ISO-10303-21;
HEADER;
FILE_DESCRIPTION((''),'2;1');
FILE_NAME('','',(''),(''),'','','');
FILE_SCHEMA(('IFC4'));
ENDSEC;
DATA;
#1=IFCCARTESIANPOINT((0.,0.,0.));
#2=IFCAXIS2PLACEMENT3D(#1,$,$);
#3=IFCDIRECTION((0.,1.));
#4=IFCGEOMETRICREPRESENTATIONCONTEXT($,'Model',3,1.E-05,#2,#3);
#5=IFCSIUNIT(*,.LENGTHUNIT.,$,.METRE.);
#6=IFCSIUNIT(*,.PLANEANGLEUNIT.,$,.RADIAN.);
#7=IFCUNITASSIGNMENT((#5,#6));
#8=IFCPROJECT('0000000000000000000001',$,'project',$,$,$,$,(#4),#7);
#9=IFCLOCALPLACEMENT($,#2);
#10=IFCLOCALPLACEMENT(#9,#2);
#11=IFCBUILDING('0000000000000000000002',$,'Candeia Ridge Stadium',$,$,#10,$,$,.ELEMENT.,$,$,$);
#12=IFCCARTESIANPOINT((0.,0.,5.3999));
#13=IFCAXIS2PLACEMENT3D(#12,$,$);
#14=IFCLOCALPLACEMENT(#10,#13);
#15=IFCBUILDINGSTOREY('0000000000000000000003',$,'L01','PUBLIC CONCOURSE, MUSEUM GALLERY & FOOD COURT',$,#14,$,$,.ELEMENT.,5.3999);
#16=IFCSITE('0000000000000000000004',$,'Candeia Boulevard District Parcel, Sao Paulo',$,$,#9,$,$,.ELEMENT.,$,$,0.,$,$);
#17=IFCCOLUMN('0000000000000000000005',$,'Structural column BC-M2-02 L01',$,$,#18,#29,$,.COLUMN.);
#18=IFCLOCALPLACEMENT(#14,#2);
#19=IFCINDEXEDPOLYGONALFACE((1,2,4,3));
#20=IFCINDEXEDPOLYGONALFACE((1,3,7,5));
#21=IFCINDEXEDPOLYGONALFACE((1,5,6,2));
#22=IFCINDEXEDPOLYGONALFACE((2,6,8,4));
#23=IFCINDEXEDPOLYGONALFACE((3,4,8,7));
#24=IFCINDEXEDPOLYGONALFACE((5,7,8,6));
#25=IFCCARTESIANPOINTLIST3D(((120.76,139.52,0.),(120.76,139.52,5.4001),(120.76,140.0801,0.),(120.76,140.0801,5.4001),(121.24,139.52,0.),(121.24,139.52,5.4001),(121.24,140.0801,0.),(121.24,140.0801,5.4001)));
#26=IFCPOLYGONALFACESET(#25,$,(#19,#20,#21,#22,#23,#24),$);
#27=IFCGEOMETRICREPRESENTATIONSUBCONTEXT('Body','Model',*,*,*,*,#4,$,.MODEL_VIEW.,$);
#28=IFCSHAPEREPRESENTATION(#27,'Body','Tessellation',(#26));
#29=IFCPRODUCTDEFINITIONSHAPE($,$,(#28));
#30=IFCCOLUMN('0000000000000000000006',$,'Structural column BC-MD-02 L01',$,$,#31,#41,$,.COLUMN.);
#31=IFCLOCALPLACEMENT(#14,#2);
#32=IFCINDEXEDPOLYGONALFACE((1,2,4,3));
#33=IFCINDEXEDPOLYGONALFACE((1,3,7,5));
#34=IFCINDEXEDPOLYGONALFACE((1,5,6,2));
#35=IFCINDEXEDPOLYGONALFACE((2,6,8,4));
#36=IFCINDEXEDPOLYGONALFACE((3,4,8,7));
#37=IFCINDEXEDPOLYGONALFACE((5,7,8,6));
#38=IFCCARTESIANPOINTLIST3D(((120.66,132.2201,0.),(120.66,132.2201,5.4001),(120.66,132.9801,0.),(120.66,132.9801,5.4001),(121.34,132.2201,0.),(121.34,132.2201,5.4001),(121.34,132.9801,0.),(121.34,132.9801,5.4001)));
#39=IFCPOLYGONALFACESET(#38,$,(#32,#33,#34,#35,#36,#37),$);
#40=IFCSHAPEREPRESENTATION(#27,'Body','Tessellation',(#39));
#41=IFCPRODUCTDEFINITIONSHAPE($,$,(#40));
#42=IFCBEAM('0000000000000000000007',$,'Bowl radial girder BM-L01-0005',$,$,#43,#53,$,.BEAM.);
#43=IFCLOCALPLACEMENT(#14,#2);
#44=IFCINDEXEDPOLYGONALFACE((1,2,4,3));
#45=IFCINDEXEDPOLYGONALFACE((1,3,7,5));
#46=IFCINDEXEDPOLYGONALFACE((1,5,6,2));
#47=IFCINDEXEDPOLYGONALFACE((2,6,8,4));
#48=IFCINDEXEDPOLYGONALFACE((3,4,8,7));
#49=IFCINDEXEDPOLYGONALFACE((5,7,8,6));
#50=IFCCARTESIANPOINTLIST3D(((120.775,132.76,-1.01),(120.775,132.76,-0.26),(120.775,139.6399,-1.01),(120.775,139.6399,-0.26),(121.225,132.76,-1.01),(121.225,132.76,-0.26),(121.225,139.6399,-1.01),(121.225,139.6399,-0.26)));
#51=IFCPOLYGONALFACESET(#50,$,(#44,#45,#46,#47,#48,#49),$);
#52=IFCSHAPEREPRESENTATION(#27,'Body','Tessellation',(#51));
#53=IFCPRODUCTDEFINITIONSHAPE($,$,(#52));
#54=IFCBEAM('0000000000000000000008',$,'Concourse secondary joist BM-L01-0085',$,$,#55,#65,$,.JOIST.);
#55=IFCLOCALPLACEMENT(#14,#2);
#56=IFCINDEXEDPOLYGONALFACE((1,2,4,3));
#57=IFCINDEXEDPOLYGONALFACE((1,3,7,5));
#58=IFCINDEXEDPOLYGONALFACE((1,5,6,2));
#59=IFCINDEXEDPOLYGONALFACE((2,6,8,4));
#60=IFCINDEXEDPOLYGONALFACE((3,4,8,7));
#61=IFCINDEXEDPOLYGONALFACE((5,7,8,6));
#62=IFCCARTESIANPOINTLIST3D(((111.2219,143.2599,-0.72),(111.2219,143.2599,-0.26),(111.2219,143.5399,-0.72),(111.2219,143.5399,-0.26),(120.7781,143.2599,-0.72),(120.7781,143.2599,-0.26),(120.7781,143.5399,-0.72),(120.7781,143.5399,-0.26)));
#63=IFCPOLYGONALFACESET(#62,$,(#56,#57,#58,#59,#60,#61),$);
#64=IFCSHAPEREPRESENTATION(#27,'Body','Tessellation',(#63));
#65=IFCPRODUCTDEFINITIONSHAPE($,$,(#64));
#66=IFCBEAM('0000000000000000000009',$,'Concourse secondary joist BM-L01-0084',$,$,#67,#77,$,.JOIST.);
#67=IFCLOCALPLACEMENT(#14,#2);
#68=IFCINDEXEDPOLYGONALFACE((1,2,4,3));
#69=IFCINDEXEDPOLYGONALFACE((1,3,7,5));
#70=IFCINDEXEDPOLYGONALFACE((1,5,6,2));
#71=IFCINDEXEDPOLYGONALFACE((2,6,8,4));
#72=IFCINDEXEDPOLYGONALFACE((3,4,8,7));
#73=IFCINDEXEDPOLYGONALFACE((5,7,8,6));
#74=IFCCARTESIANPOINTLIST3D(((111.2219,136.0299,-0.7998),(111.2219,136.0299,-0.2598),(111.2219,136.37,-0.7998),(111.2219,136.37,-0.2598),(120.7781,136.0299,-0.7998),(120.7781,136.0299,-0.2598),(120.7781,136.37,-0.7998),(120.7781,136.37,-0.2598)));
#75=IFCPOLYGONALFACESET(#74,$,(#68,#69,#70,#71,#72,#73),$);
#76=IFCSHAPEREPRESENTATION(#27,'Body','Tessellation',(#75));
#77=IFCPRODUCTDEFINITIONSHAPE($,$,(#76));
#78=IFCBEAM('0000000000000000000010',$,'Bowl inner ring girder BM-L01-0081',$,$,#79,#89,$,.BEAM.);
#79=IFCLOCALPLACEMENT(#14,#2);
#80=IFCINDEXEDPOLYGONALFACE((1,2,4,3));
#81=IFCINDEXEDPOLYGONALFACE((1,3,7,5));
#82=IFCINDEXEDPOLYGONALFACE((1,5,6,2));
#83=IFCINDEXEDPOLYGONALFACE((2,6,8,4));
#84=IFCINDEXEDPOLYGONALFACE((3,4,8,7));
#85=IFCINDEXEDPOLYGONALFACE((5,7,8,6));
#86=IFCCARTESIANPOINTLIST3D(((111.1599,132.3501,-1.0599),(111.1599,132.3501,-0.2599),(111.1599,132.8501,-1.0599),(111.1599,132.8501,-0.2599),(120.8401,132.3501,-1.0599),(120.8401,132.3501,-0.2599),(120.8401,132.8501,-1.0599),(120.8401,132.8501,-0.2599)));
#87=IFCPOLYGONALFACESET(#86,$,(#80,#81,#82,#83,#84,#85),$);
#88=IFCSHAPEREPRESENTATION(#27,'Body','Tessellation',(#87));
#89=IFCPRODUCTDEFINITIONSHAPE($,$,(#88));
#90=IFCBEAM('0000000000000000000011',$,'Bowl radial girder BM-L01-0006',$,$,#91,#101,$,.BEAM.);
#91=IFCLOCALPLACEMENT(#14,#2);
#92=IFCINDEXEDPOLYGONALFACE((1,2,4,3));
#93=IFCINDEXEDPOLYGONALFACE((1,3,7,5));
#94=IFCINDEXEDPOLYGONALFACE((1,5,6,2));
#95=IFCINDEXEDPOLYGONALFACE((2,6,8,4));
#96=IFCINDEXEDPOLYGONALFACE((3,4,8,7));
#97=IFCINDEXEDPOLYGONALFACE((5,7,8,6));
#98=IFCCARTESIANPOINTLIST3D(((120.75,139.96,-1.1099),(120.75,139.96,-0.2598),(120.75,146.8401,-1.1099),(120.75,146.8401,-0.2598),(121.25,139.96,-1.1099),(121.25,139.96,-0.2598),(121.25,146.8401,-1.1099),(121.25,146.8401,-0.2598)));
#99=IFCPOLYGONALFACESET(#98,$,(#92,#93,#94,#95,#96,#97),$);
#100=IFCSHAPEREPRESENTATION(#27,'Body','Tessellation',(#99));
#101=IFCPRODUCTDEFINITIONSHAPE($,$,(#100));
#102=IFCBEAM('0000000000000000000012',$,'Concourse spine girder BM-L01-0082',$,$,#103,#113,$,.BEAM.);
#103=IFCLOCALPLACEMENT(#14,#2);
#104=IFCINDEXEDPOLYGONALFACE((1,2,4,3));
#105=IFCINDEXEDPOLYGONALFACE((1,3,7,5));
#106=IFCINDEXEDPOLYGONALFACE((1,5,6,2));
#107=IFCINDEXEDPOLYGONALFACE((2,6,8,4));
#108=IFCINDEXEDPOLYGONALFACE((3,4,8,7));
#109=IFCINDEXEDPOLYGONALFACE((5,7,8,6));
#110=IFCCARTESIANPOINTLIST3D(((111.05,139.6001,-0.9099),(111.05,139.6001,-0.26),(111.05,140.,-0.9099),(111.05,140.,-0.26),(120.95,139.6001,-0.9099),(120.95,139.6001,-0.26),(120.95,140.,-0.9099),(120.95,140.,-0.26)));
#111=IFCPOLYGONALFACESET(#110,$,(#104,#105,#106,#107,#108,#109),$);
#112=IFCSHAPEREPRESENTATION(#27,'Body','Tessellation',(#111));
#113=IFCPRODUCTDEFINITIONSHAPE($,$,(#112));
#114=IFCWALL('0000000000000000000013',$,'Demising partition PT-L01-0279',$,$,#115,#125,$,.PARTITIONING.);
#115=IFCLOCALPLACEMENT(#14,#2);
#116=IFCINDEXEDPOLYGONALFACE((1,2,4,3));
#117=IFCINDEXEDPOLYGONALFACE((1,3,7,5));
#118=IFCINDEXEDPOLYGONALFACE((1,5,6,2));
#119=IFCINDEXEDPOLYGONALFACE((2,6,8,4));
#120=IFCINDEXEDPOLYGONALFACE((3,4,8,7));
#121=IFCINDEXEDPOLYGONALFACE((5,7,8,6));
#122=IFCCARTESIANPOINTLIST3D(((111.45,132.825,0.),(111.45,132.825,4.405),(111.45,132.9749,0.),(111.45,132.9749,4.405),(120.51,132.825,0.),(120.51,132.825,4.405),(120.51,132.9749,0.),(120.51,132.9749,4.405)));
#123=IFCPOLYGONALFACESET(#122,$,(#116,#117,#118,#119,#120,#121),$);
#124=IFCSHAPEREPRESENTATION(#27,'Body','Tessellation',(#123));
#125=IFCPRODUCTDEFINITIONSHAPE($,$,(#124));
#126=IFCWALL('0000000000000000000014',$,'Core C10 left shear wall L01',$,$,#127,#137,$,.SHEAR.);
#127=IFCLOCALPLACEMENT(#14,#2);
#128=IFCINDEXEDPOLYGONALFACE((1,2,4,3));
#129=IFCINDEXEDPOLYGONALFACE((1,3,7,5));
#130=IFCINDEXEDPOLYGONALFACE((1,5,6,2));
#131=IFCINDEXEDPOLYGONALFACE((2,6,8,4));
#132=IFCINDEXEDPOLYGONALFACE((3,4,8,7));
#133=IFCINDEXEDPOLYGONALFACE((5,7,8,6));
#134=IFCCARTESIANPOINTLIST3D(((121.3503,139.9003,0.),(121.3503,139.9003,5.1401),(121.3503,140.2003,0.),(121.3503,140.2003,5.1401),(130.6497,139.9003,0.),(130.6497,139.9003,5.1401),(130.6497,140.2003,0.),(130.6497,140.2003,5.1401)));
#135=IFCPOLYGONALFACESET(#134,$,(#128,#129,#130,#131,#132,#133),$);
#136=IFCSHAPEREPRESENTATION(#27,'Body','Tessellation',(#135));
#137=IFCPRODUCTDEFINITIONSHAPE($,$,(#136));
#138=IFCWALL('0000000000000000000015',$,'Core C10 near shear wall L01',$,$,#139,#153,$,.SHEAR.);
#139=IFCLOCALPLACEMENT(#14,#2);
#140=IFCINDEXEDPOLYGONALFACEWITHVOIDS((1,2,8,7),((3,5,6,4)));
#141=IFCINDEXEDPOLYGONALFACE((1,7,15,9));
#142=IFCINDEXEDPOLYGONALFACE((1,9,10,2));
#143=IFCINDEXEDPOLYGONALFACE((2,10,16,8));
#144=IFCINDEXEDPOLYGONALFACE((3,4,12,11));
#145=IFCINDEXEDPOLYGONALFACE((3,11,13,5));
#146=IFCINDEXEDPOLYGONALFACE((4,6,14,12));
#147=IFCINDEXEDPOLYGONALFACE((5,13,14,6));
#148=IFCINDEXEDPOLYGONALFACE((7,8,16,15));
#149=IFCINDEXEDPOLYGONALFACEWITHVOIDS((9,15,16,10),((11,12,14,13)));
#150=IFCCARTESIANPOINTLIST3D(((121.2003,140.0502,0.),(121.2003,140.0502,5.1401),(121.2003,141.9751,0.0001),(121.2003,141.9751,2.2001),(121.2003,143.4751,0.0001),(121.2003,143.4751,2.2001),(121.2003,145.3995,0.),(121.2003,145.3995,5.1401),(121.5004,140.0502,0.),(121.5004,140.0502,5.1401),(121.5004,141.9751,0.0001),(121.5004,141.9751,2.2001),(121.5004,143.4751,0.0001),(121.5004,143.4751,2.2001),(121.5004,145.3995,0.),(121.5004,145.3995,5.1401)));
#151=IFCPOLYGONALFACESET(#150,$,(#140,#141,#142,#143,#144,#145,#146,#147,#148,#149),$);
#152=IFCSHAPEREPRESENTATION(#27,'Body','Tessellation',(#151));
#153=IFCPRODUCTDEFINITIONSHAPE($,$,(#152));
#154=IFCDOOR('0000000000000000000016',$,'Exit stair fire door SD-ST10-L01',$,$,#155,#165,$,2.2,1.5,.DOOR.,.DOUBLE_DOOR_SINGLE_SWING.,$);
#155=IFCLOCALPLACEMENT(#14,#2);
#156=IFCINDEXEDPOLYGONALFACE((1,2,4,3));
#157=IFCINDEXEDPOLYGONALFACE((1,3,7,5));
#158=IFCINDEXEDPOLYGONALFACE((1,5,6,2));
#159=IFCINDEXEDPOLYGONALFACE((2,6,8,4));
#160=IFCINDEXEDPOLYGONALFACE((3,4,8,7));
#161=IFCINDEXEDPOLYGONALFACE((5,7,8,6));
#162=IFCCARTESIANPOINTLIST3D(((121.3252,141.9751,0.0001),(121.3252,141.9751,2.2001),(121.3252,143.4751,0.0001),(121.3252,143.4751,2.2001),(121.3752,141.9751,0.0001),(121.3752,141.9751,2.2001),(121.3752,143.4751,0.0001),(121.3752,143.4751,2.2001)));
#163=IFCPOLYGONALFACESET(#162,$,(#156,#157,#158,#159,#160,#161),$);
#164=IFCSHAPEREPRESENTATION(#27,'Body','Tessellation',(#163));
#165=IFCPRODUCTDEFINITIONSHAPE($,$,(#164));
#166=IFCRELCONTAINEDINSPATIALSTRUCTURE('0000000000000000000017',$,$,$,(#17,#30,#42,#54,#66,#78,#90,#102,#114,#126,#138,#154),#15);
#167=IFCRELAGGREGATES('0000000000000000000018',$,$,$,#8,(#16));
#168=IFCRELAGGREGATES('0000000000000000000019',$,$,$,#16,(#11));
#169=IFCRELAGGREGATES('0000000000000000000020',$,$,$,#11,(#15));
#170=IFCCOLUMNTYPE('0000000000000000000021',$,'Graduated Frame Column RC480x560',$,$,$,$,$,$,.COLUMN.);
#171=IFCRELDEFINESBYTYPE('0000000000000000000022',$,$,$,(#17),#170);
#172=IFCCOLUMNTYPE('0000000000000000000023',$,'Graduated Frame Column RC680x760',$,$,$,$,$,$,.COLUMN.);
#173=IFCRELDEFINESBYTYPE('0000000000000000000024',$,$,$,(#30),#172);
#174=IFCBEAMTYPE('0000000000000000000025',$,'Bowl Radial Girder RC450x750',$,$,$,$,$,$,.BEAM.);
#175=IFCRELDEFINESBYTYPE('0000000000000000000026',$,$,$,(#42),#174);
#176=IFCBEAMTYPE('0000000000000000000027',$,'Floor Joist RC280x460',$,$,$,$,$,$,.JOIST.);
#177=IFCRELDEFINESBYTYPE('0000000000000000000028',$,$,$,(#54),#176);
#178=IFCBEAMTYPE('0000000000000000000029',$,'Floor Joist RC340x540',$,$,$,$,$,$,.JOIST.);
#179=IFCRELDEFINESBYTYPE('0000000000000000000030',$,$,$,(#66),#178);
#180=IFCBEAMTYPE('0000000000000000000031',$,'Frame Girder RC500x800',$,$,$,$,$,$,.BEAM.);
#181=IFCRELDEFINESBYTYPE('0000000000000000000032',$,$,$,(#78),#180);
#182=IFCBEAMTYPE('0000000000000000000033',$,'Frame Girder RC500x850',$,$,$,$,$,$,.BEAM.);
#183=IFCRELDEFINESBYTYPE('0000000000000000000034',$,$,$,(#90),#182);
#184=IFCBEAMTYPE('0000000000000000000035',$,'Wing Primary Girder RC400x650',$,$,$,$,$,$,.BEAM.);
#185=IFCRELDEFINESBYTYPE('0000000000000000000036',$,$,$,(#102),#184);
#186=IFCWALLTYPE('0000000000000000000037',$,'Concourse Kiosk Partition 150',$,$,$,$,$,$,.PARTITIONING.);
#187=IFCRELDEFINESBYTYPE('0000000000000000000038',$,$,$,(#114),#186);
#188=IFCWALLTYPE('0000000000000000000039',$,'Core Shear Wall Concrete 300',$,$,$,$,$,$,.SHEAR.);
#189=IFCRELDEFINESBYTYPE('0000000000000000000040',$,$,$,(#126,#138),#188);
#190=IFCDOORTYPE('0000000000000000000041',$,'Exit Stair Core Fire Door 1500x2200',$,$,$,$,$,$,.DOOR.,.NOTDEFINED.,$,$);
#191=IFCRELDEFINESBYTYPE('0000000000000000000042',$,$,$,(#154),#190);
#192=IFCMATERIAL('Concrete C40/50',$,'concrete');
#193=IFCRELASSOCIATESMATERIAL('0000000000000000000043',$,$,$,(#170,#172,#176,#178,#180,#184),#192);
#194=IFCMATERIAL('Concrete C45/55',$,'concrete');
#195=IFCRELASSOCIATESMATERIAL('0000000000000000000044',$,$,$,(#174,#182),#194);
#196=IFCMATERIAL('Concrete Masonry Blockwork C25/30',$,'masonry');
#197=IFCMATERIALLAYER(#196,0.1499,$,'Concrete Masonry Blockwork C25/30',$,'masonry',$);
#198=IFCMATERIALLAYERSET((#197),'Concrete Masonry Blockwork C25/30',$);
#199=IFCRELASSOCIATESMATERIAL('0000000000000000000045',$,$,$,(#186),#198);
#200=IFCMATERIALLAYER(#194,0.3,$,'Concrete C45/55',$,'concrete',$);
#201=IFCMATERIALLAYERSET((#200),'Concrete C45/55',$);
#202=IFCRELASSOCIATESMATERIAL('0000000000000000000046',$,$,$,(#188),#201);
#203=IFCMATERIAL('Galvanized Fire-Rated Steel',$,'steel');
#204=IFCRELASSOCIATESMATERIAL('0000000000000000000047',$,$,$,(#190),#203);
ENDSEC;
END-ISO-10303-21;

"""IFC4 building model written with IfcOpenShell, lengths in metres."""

from ifc_helpers import new_model, si_unit, direction, frame, frame_2d, origin, origin_2d, place, context, subcontext, project, spatial, rectangle, extrude, material, layer, layer_set, material_profile, profile_set, type_object, element, fill, save


model = new_model("IFC4")

# Units and contexts
model_context = context("Model", 3, precision=1e-05, world=origin(), true_north=direction((0.0, 1.0)))
body_context = subcontext(model_context, "Body", "Model", "MODEL_VIEW")
ifc_project = project(units=[si_unit("LENGTHUNIT", "METRE"), si_unit("PLANEANGLEUNIT", "RADIAN")], contexts=[model_context])

# Site, building, storey
site_placement = place(None, origin())
site = spatial("IfcSite", under=ifc_project, at=site_placement, Name="Candeia Boulevard District Parcel, Sao Paulo", CompositionType="ELEMENT", RefElevation=0.0)
building_placement = place(site_placement, origin())
building = spatial("IfcBuilding", under=site, at=building_placement, Name="Candeia Ridge Stadium", CompositionType="ELEMENT")
storey_placement = place(building_placement, frame((0.0, 0.0, 5.3999)))
storey = spatial("IfcBuildingStorey", under=building, at=storey_placement, Name="L01", Description="PUBLIC CONCOURSE, MUSEUM GALLERY & FOOD COURT", CompositionType="ELEMENT", Elevation=5.3999)

# Columns
ifc_material_1 = material(Name="Concrete C40/50", Category="concrete")
ifc_material_profile_1 = material_profile(ifc_material_1, rectangle(XDim=0.48, YDim=0.5601, at=origin_2d()), Name="RC480x560", Category="concrete")
ifc_profile_set_1 = profile_set([ifc_material_profile_1], Name="Concrete C40/50")
column_type_1 = type_object("IfcColumnType", Name="Graduated Frame Column RC480x560", PredefinedType="COLUMN", material=ifc_profile_set_1)
column_1_placement = place(storey_placement, frame((121.0, 139.8, 0.0), z_axis=(0.0, 0.0, 1.0), x_axis=(1.0, 0.0, 0.0)))
element("IfcColumn", 1, at=column_1_placement, inside=storey, type_object=column_type_1, Name="Structural column BC-M2-02 L01", PredefinedType="COLUMN", context=body_context, shape_type="SweptSolid", body=[
    extrude(rectangle(XDim=0.48, YDim=0.5601, at=origin_2d()), origin(), (0.0, 0.0, 1.0), 5.4001),
])
ifc_material_profile_2 = material_profile(ifc_material_1, rectangle(XDim=0.6799, YDim=0.76, at=origin_2d()), Name="RC680x760", Category="concrete")
ifc_profile_set_2 = profile_set([ifc_material_profile_2], Name="Concrete C40/50")
column_type_2 = type_object("IfcColumnType", Name="Graduated Frame Column RC680x760", PredefinedType="COLUMN", material=ifc_profile_set_2)
column_2_placement = place(storey_placement, frame((121.0, 132.6001, 0.0), z_axis=(0.0, 0.0, 1.0), x_axis=(1.0, 0.0, 0.0)))
element("IfcColumn", 2, at=column_2_placement, inside=storey, type_object=column_type_2, Name="Structural column BC-MD-02 L01", PredefinedType="COLUMN", context=body_context, shape_type="SweptSolid", body=[
    extrude(rectangle(XDim=0.6799, YDim=0.76, at=origin_2d()), origin(), (0.0, 0.0, 1.0), 5.4001),
])

# Beams
ifc_material_2 = material(Name="Concrete C45/55", Category="concrete")
ifc_material_profile_3 = material_profile(ifc_material_2, rectangle(XDim=0.45, YDim=0.75, at=origin_2d()), Name="RC450x750", Category="concrete")
ifc_profile_set_3 = profile_set([ifc_material_profile_3], Name="Concrete C45/55")
beam_type_1 = type_object("IfcBeamType", Name="Bowl Radial Girder RC450x750", PredefinedType="BEAM", material=ifc_profile_set_3)
beam_1_placement = place(storey_placement, frame((121.0, 132.76, -0.635), z_axis=(0.0, 1.0, 0.0), x_axis=(-1.0, 0.0, 0.0)))
element("IfcBeam", 3, at=beam_1_placement, inside=storey, type_object=beam_type_1, Name="Bowl radial girder BM-L01-0005", PredefinedType="BEAM", context=body_context, shape_type="SweptSolid", body=[
    extrude(rectangle(XDim=0.45, YDim=0.75, at=origin_2d()), origin(), (0.0, 0.0, 1.0), 6.8799),
])
ifc_material_profile_4 = material_profile(ifc_material_1, rectangle(XDim=0.28, YDim=0.46, at=origin_2d()), Name="RC280x460", Category="concrete")
ifc_profile_set_4 = profile_set([ifc_material_profile_4], Name="Concrete C40/50")
beam_type_2 = type_object("IfcBeamType", Name="Floor Joist RC280x460", PredefinedType="JOIST", material=ifc_profile_set_4)
beam_2_placement = place(storey_placement, frame((120.7781, 143.3999, -0.49), z_axis=(-1.0, 0.0, 0.0), x_axis=(0.0, -1.0, 0.0)))
element("IfcBeam", 4, at=beam_2_placement, inside=storey, type_object=beam_type_2, Name="Concourse secondary joist BM-L01-0085", PredefinedType="JOIST", context=body_context, shape_type="SweptSolid", body=[
    extrude(rectangle(XDim=0.28, YDim=0.46, at=origin_2d()), origin(), (0.0, 0.0, 1.0), 9.5562),
])
ifc_material_profile_5 = material_profile(ifc_material_1, rectangle(XDim=0.3401, YDim=0.54, at=origin_2d()), Name="RC340x540", Category="concrete")
ifc_profile_set_5 = profile_set([ifc_material_profile_5], Name="Concrete C40/50")
beam_type_3 = type_object("IfcBeamType", Name="Floor Joist RC340x540", PredefinedType="JOIST", material=ifc_profile_set_5)
beam_3_placement = place(storey_placement, frame((120.7781, 136.2, -0.5298), z_axis=(-1.0, 0.0, 0.0), x_axis=(0.0, -1.0, 0.0)))
element("IfcBeam", 5, at=beam_3_placement, inside=storey, type_object=beam_type_3, Name="Concourse secondary joist BM-L01-0084", PredefinedType="JOIST", context=body_context, shape_type="SweptSolid", body=[
    extrude(rectangle(XDim=0.3401, YDim=0.54, at=origin_2d()), origin(), (0.0, 0.0, 1.0), 9.5562),
])
ifc_material_profile_6 = material_profile(ifc_material_1, rectangle(XDim=0.5, YDim=0.8, at=origin_2d()), Name="RC500x800", Category="concrete")
ifc_profile_set_6 = profile_set([ifc_material_profile_6], Name="Concrete C40/50")
beam_type_4 = type_object("IfcBeamType", Name="Frame Girder RC500x800", PredefinedType="BEAM", material=ifc_profile_set_6)
beam_4_placement = place(storey_placement, frame((120.8401, 132.6001, -0.6599), z_axis=(-1.0, 0.0, 0.0), x_axis=(0.0, -1.0, 0.0)))
element("IfcBeam", 6, at=beam_4_placement, inside=storey, type_object=beam_type_4, Name="Bowl inner ring girder BM-L01-0081", PredefinedType="BEAM", context=body_context, shape_type="SweptSolid", body=[
    extrude(rectangle(XDim=0.5, YDim=0.8, at=origin_2d()), origin(), (0.0, 0.0, 1.0), 9.6802),
])
ifc_material_profile_7 = material_profile(ifc_material_2, rectangle(XDim=0.5, YDim=0.8501, at=origin_2d()), Name="RC500x850", Category="concrete")
ifc_profile_set_7 = profile_set([ifc_material_profile_7], Name="Concrete C45/55")
beam_type_5 = type_object("IfcBeamType", Name="Frame Girder RC500x850", PredefinedType="BEAM", material=ifc_profile_set_7)
beam_5_placement = place(storey_placement, frame((121.0, 139.96, -0.6848), z_axis=(0.0, 1.0, 0.0), x_axis=(-1.0, 0.0, 0.0)))
element("IfcBeam", 7, at=beam_5_placement, inside=storey, type_object=beam_type_5, Name="Bowl radial girder BM-L01-0006", PredefinedType="BEAM", context=body_context, shape_type="SweptSolid", body=[
    extrude(rectangle(XDim=0.5, YDim=0.8501, at=origin_2d()), origin(), (0.0, 0.0, 1.0), 6.8801),
])
ifc_material_profile_8 = material_profile(ifc_material_1, rectangle(XDim=0.3999, YDim=0.6499, at=origin_2d()), Name="RC400x650", Category="concrete")
ifc_profile_set_8 = profile_set([ifc_material_profile_8], Name="Concrete C40/50")
beam_type_6 = type_object("IfcBeamType", Name="Wing Primary Girder RC400x650", PredefinedType="BEAM", material=ifc_profile_set_8)
beam_6_placement = place(storey_placement, frame((120.95, 139.8, -0.585), z_axis=(-1.0, 0.0, 0.0), x_axis=(0.0, -1.0, 0.0)))
element("IfcBeam", 8, at=beam_6_placement, inside=storey, type_object=beam_type_6, Name="Concourse spine girder BM-L01-0082", PredefinedType="BEAM", context=body_context, shape_type="SweptSolid", body=[
    extrude(rectangle(XDim=0.3999, YDim=0.6499, at=origin_2d()), origin(), (0.0, 0.0, 1.0), 9.8999),
])

# Walls
ifc_material_3 = material(Name="Concrete Masonry Blockwork C25/30", Category="masonry")
ifc_layer_1 = layer(ifc_material_3, 0.1499, Name="Concrete Masonry Blockwork C25/30", Category="masonry")
ifc_layer_set_1 = layer_set([ifc_layer_1], Name="Concrete Masonry Blockwork C25/30")
wall_type_1 = type_object("IfcWallType", Name="Concourse Kiosk Partition 150", PredefinedType="PARTITIONING", material=ifc_layer_set_1)
wall_1_placement = place(storey_placement, frame((120.51, 132.8999, 0.0), z_axis=(0.0, 0.0, 1.0), x_axis=(-1.0, 0.0, 0.0)))
element("IfcWall", 9, at=wall_1_placement, inside=storey, type_object=wall_type_1, Name="Demising partition PT-L01-0279", PredefinedType="PARTITIONING", context=body_context, shape_type="SweptSolid", body=[
    extrude(rectangle(XDim=9.0601, YDim=0.1499, at=frame_2d((4.53, 0.0))), origin(), (0.0, 0.0, 1.0), 4.405),
])
ifc_layer_2 = layer(ifc_material_2, 0.3, Name="Concrete C45/55", Category="concrete")
ifc_layer_set_2 = layer_set([ifc_layer_2], Name="Concrete C45/55")
wall_type_2 = type_object("IfcWallType", Name="Core Shear Wall Concrete 300", PredefinedType="SHEAR", material=ifc_layer_set_2)
wall_2_placement = place(storey_placement, frame((121.3503, 140.0503, 0.0), z_axis=(0.0, 0.0, 1.0), x_axis=(1.0, 0.0, 0.0)))
element("IfcWall", 10, at=wall_2_placement, inside=storey, type_object=wall_type_2, Name="Core C10 left shear wall L01", PredefinedType="SHEAR", context=body_context, shape_type="SweptSolid", body=[
    extrude(rectangle(XDim=9.2993, YDim=0.3, at=frame_2d((4.6497, 0.0))), origin(), (0.0, 0.0, 1.0), 5.1401),
])

# Wall, opening, door
wall_3_placement = place(storey_placement, frame((121.3503, 145.3997, 0.0), z_axis=(0.0, 0.0, 1.0), x_axis=(0.0, -1.0, 0.0)))
wall_3 = element("IfcWall", 11, at=wall_3_placement, inside=storey, type_object=wall_type_2, Name="Core C10 near shear wall L01", PredefinedType="SHEAR", context=body_context, shape_type="SweptSolid", body=[
    extrude(rectangle(XDim=5.3494, YDim=0.3, at=frame_2d((2.6748, 0.0))), origin(), (0.0, 0.0, 1.0), 5.1401),
])
opening_1_placement = place(wall_3_placement, frame((1.9246, 0.0, 0.0)))
opening_1 = element("IfcOpeningElement", 12, at=opening_1_placement, cuts=wall_3, PredefinedType="OPENING", context=body_context, shape_type="SweptSolid", body=[
    extrude(rectangle(XDim=1.5, YDim=2.2, at=frame_2d((0.75, 1.1001))), frame((0.0, 0.1599, 0.0), z_axis=(0.0, -1.0, 0.0), x_axis=(1.0, 0.0, 0.0)), (0.0, 0.0, 1.0), 0.3201),
])
ifc_material_4 = material(Name="Galvanized Fire-Rated Steel", Category="steel")
door_type_1 = type_object("IfcDoorType", Name="Exit Stair Core Fire Door 1500x2200", OperationType="NOTDEFINED", PredefinedType="DOOR", material=ifc_material_4)
door_1_placement = place(opening_1_placement, origin())
door_1 = element("IfcDoor", 13, at=door_1_placement, inside=storey, type_object=door_type_1, Name="Exit stair fire door SD-ST10-L01", OperationType="DOUBLE_DOOR_SINGLE_SWING", OverallHeight=2.2, OverallWidth=1.5, PredefinedType="DOOR", context=body_context, shape_type="SweptSolid", body=[
    extrude(rectangle(XDim=1.5, YDim=2.2, at=frame_2d((0.75, 1.1001))), frame((0.0, 0.0249, 0.0), z_axis=(0.0, -1.0, 0.0), x_axis=(1.0, 0.0, 0.0)), (0.0, 0.0, 1.0), 0.05),
])
fill(opening_1, door_1)

save(model, "model.ifc")
